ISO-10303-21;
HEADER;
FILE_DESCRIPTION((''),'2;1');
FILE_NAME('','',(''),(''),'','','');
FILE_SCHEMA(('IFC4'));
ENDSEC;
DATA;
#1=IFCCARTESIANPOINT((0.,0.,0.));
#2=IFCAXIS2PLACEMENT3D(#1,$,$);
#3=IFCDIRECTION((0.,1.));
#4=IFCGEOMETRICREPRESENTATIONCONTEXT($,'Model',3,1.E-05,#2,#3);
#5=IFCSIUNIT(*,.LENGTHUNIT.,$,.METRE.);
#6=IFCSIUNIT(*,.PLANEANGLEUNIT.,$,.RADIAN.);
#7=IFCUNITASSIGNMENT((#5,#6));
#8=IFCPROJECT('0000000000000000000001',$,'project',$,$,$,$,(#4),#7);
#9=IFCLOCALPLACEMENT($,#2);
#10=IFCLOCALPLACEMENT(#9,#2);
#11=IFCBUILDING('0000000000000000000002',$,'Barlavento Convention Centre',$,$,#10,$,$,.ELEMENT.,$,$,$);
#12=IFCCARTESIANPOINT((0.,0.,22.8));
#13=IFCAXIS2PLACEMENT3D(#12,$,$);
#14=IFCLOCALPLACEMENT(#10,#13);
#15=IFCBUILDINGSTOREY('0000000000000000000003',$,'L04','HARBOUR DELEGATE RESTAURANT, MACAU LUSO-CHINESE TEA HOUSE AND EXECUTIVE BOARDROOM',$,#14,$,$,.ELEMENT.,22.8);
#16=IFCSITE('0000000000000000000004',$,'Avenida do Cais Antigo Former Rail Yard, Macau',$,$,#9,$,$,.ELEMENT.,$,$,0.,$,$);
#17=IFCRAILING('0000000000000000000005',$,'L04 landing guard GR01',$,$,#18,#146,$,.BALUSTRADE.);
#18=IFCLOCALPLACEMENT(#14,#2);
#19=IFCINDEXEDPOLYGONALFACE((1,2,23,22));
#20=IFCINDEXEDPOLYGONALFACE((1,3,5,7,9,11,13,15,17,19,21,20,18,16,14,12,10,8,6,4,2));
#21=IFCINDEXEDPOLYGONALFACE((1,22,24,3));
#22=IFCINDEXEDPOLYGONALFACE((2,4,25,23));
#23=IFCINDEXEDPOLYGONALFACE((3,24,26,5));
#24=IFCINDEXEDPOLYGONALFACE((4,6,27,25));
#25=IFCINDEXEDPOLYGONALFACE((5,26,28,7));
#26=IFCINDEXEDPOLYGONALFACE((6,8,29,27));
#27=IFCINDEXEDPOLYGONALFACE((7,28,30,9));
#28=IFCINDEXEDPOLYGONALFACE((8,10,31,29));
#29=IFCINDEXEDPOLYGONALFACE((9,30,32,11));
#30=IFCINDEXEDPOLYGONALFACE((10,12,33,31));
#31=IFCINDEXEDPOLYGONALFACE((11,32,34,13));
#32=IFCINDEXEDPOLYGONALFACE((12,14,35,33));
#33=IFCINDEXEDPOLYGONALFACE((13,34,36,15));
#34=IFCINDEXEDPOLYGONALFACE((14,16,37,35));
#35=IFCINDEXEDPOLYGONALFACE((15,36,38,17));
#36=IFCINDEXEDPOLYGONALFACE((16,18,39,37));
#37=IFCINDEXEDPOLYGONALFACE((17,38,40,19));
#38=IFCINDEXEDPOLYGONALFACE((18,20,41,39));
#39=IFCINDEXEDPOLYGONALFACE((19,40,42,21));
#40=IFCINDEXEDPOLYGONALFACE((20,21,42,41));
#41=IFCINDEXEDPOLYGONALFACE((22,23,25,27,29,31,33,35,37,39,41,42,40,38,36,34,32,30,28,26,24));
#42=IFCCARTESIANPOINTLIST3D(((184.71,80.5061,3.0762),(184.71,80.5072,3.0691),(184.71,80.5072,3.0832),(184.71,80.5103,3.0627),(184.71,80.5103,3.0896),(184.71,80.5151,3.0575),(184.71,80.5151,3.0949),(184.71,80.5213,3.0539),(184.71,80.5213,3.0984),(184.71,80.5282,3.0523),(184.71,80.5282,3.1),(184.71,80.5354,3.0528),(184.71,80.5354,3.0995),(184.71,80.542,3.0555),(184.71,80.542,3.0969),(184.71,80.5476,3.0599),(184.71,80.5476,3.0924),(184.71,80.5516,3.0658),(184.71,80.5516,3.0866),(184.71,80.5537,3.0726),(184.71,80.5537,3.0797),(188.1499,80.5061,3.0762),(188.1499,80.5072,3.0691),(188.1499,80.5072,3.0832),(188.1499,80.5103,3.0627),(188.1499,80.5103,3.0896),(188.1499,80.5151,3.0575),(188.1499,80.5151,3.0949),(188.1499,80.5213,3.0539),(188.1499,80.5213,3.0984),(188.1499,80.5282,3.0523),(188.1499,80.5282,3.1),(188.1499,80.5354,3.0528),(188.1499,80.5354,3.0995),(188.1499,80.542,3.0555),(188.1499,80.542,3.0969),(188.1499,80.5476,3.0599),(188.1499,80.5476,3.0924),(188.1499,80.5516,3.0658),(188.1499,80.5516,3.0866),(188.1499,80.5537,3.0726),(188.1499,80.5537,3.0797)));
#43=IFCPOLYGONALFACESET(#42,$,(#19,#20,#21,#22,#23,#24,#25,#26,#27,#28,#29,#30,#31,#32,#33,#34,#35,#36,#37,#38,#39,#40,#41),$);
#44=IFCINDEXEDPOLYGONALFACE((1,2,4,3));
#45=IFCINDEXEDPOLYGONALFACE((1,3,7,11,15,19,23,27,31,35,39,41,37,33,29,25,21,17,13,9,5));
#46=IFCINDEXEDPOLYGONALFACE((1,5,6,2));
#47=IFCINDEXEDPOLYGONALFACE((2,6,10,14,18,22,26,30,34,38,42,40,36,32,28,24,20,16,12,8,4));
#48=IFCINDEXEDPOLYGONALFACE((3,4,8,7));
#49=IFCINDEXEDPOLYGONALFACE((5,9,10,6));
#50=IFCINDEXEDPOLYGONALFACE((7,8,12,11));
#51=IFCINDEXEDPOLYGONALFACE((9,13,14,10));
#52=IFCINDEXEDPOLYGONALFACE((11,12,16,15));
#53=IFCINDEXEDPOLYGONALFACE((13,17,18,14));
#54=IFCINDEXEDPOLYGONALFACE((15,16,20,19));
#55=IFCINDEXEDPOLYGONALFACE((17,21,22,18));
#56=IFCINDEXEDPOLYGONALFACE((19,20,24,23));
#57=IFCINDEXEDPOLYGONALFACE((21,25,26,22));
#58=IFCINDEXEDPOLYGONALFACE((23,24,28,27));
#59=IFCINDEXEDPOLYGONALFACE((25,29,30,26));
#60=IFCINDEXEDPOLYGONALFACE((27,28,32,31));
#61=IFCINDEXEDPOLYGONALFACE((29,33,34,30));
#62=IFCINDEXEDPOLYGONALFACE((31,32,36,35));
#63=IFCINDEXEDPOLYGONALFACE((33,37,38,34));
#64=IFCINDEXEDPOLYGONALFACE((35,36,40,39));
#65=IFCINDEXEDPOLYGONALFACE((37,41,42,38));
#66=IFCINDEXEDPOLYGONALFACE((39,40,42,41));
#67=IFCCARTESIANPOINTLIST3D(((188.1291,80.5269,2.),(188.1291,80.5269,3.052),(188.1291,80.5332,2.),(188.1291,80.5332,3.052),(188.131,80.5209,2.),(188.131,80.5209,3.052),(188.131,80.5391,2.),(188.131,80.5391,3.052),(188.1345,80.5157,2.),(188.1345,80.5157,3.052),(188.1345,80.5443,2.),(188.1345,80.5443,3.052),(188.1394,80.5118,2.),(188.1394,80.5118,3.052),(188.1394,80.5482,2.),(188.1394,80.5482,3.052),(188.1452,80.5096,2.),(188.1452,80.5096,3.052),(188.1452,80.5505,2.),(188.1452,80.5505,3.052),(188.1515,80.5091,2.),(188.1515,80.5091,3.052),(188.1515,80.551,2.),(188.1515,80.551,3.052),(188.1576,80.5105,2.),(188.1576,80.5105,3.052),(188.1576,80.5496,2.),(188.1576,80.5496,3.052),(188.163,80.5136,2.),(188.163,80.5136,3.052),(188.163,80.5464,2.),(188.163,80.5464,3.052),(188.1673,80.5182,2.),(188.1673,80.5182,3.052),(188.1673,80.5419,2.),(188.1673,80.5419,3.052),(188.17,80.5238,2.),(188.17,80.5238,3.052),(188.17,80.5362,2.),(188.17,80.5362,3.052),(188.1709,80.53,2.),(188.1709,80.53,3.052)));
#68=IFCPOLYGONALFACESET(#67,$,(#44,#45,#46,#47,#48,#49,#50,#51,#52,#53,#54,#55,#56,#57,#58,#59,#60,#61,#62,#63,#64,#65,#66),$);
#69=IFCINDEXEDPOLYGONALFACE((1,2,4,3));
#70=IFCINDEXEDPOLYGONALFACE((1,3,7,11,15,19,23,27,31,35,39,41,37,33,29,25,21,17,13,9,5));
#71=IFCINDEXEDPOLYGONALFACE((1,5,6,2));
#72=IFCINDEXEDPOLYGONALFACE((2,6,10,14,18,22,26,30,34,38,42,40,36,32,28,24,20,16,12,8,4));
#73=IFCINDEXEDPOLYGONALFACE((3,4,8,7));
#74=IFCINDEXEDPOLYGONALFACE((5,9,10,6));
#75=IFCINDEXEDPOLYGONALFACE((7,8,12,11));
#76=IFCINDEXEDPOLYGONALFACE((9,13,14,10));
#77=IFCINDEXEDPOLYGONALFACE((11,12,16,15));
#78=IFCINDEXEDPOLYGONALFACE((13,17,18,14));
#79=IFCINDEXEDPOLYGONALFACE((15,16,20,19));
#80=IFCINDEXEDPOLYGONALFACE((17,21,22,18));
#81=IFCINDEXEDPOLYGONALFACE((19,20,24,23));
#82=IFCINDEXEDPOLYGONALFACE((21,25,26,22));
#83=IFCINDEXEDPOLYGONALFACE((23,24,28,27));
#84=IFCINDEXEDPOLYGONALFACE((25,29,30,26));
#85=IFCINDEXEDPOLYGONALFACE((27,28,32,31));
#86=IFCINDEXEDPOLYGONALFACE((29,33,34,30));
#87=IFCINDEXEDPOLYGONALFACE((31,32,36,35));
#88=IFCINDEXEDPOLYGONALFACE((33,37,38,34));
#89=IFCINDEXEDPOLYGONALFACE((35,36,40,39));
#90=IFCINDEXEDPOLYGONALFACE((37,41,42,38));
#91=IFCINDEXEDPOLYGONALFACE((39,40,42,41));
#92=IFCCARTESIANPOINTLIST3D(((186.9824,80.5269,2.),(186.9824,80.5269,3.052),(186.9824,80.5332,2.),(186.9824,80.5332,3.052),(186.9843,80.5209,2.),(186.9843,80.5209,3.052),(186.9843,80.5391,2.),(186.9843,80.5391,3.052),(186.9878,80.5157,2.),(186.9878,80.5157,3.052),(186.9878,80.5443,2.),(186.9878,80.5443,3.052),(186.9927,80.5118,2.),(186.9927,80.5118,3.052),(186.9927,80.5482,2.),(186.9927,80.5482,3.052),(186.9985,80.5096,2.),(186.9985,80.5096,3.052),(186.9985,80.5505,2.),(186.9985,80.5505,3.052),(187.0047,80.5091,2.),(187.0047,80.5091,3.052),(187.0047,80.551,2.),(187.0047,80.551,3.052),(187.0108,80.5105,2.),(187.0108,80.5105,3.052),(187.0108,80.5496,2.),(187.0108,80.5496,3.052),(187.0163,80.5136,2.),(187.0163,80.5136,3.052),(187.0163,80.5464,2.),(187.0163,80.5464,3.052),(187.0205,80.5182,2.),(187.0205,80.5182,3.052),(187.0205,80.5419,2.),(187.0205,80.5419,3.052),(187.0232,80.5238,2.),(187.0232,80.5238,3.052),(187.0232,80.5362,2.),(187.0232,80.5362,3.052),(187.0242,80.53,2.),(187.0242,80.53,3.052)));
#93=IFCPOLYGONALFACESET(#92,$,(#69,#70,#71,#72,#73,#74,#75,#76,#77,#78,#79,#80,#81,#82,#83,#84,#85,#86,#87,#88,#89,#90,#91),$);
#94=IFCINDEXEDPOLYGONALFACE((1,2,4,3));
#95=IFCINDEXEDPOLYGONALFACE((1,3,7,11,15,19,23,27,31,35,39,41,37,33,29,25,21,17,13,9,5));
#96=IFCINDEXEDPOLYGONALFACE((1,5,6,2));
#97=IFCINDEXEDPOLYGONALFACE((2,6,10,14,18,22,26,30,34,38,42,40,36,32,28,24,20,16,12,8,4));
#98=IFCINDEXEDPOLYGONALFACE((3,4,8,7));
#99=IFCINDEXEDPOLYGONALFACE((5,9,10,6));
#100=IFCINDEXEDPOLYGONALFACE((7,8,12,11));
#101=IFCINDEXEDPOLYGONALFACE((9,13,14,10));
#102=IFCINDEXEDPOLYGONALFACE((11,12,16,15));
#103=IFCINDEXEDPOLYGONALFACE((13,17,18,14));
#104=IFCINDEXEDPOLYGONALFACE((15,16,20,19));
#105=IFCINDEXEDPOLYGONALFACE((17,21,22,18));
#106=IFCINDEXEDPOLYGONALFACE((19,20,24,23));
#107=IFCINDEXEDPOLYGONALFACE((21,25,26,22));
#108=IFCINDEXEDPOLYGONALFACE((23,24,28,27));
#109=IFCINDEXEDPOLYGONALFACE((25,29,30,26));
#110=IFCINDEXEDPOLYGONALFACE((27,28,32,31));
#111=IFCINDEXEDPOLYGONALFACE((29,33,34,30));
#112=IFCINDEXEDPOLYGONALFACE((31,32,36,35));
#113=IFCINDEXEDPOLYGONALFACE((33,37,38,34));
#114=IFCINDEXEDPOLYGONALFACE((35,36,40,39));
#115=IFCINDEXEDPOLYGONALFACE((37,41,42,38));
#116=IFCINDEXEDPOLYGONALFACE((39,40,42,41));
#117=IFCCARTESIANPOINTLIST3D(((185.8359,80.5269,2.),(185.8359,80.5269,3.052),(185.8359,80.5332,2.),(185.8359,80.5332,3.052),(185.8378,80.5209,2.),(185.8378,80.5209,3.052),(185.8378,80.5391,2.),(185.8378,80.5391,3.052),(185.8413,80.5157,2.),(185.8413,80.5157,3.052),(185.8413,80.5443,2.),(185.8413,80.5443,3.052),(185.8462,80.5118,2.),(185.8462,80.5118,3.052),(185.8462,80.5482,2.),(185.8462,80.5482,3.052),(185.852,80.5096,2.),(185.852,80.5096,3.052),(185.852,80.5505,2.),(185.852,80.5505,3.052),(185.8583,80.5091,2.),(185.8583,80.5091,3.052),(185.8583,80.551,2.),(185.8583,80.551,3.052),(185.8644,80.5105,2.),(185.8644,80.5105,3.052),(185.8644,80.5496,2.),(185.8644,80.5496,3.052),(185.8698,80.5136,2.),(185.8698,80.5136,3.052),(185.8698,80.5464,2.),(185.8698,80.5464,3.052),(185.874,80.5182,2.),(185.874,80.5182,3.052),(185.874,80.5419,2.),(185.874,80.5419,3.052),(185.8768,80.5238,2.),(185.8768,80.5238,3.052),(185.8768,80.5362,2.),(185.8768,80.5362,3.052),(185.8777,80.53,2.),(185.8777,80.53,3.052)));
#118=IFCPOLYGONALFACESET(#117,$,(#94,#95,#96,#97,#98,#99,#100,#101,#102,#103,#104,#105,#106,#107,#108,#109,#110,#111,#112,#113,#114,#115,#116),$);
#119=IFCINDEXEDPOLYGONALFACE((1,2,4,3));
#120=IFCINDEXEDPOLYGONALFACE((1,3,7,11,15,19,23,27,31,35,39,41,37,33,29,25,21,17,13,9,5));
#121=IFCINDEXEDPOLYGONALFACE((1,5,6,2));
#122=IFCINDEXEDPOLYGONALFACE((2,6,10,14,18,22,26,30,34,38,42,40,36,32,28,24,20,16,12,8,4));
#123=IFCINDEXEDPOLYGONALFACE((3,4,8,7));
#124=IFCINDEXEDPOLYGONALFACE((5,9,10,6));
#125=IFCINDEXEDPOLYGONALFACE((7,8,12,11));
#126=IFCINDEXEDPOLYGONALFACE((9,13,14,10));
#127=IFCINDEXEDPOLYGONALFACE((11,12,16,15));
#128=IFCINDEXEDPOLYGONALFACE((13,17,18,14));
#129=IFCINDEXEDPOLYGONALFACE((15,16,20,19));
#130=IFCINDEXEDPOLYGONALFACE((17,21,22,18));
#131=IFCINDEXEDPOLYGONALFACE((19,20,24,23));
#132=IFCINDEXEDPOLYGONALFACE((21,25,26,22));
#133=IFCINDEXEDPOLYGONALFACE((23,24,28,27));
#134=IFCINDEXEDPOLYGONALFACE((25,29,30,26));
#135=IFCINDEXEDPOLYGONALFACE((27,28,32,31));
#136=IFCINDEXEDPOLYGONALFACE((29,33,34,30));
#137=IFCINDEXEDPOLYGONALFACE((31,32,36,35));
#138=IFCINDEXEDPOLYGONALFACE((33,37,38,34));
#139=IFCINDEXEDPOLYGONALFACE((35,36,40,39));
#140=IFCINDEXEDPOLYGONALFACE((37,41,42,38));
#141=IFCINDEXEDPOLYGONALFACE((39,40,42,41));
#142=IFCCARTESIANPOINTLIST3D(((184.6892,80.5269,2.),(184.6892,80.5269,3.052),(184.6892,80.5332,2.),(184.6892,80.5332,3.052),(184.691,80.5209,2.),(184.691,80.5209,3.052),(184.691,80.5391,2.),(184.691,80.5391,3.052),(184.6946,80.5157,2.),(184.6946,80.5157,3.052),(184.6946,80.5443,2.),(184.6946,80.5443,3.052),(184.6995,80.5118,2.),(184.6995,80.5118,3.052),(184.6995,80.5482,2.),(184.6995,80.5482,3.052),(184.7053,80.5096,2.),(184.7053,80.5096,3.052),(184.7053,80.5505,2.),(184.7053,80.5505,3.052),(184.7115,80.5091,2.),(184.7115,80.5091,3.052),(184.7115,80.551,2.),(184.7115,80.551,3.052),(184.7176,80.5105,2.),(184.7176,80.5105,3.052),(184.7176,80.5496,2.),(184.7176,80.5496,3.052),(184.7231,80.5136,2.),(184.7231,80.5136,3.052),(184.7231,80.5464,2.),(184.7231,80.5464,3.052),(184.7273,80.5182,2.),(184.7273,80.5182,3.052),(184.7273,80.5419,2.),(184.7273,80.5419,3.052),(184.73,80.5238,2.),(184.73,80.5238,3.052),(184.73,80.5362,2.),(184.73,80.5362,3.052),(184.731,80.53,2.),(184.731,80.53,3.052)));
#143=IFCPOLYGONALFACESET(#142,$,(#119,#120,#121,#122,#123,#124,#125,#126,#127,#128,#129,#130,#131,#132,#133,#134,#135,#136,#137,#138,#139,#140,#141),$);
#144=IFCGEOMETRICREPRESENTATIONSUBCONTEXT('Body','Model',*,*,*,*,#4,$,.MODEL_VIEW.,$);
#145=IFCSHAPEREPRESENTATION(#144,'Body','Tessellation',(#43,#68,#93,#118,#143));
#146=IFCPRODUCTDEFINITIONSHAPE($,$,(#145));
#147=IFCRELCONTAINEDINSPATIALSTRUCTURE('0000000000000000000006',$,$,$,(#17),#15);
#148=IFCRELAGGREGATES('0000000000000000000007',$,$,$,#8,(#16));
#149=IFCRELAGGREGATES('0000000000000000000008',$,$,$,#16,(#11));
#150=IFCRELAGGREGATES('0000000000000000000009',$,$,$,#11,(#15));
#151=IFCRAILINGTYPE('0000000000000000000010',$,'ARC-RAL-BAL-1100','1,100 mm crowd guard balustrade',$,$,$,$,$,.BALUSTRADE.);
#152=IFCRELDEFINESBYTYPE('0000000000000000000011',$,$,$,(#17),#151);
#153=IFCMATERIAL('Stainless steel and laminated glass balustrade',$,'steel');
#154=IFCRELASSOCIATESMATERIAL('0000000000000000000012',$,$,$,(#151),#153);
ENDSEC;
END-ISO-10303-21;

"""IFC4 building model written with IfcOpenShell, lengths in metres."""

from ifc_helpers import new_model, si_unit, direction, frame, origin, origin_2d, place, context, subcontext, project, spatial, circle, extrude, material, type_object, element, save


model = new_model("IFC4")

# Units and contexts
model_context = context("Model", 3, precision=1e-05, world=origin(), true_north=direction((0.0, 1.0)))
body_context = subcontext(model_context, "Body", "Model", "MODEL_VIEW")
ifc_project = project(units=[si_unit("LENGTHUNIT", "METRE"), si_unit("PLANEANGLEUNIT", "RADIAN")], contexts=[model_context])

# Site, building, storey
site_placement = place(None, origin())
site = spatial("IfcSite", under=ifc_project, at=site_placement, Name="Avenida do Cais Antigo Former Rail Yard, Macau", CompositionType="ELEMENT", RefElevation=0.0)
building_placement = place(site_placement, origin())
building = spatial("IfcBuilding", under=site, at=building_placement, Name="Barlavento Convention Centre", CompositionType="ELEMENT")
storey_placement = place(building_placement, frame((0.0, 0.0, 22.8)))
storey = spatial("IfcBuildingStorey", under=building, at=storey_placement, Name="L04", Description="HARBOUR DELEGATE RESTAURANT, MACAU LUSO-CHINESE TEA HOUSE AND EXECUTIVE BOARDROOM", CompositionType="ELEMENT", Elevation=22.8)

# Railing
ifc_material_1 = material(Name="Stainless steel and laminated glass balustrade", Category="steel")
railing_type_1 = type_object("IfcRailingType", Name="ARC-RAL-BAL-1100", Description="1,100 mm crowd guard balustrade", PredefinedType="BALUSTRADE", material=ifc_material_1)
railing_1_placement = place(storey_placement, frame((188.1499, 80.53, 2.0)))
element("IfcRailing", 1, at=railing_1_placement, inside=storey, type_object=railing_type_1, Name="L04 landing guard GR01", PredefinedType="BALUSTRADE", context=body_context, shape_type="SweptSolid", body=[
    extrude(circle(Radius=0.0239, at=origin_2d()), frame((0.0, 0.0, 1.0762), z_axis=(-1.0, 0.0, 0.0), x_axis=(0.0, -1.0, 0.0)), (0.0, 0.0, 1.0), 3.4399),
    extrude(circle(Radius=0.021, at=origin_2d()), origin(), (0.0, 0.0, 1.0), 1.052),
    extrude(circle(Radius=0.021, at=origin_2d()), frame((-1.1467, 0.0, 0.0)), (0.0, 0.0, 1.0), 1.052),
    extrude(circle(Radius=0.021, at=origin_2d()), frame((-2.2932, 0.0, 0.0)), (0.0, 0.0, 1.0), 1.052),
    extrude(circle(Radius=0.021, at=origin_2d()), frame((-3.4399, 0.0, 0.0)), (0.0, 0.0, 1.0), 1.052),
])

save(model, "model.ifc")
